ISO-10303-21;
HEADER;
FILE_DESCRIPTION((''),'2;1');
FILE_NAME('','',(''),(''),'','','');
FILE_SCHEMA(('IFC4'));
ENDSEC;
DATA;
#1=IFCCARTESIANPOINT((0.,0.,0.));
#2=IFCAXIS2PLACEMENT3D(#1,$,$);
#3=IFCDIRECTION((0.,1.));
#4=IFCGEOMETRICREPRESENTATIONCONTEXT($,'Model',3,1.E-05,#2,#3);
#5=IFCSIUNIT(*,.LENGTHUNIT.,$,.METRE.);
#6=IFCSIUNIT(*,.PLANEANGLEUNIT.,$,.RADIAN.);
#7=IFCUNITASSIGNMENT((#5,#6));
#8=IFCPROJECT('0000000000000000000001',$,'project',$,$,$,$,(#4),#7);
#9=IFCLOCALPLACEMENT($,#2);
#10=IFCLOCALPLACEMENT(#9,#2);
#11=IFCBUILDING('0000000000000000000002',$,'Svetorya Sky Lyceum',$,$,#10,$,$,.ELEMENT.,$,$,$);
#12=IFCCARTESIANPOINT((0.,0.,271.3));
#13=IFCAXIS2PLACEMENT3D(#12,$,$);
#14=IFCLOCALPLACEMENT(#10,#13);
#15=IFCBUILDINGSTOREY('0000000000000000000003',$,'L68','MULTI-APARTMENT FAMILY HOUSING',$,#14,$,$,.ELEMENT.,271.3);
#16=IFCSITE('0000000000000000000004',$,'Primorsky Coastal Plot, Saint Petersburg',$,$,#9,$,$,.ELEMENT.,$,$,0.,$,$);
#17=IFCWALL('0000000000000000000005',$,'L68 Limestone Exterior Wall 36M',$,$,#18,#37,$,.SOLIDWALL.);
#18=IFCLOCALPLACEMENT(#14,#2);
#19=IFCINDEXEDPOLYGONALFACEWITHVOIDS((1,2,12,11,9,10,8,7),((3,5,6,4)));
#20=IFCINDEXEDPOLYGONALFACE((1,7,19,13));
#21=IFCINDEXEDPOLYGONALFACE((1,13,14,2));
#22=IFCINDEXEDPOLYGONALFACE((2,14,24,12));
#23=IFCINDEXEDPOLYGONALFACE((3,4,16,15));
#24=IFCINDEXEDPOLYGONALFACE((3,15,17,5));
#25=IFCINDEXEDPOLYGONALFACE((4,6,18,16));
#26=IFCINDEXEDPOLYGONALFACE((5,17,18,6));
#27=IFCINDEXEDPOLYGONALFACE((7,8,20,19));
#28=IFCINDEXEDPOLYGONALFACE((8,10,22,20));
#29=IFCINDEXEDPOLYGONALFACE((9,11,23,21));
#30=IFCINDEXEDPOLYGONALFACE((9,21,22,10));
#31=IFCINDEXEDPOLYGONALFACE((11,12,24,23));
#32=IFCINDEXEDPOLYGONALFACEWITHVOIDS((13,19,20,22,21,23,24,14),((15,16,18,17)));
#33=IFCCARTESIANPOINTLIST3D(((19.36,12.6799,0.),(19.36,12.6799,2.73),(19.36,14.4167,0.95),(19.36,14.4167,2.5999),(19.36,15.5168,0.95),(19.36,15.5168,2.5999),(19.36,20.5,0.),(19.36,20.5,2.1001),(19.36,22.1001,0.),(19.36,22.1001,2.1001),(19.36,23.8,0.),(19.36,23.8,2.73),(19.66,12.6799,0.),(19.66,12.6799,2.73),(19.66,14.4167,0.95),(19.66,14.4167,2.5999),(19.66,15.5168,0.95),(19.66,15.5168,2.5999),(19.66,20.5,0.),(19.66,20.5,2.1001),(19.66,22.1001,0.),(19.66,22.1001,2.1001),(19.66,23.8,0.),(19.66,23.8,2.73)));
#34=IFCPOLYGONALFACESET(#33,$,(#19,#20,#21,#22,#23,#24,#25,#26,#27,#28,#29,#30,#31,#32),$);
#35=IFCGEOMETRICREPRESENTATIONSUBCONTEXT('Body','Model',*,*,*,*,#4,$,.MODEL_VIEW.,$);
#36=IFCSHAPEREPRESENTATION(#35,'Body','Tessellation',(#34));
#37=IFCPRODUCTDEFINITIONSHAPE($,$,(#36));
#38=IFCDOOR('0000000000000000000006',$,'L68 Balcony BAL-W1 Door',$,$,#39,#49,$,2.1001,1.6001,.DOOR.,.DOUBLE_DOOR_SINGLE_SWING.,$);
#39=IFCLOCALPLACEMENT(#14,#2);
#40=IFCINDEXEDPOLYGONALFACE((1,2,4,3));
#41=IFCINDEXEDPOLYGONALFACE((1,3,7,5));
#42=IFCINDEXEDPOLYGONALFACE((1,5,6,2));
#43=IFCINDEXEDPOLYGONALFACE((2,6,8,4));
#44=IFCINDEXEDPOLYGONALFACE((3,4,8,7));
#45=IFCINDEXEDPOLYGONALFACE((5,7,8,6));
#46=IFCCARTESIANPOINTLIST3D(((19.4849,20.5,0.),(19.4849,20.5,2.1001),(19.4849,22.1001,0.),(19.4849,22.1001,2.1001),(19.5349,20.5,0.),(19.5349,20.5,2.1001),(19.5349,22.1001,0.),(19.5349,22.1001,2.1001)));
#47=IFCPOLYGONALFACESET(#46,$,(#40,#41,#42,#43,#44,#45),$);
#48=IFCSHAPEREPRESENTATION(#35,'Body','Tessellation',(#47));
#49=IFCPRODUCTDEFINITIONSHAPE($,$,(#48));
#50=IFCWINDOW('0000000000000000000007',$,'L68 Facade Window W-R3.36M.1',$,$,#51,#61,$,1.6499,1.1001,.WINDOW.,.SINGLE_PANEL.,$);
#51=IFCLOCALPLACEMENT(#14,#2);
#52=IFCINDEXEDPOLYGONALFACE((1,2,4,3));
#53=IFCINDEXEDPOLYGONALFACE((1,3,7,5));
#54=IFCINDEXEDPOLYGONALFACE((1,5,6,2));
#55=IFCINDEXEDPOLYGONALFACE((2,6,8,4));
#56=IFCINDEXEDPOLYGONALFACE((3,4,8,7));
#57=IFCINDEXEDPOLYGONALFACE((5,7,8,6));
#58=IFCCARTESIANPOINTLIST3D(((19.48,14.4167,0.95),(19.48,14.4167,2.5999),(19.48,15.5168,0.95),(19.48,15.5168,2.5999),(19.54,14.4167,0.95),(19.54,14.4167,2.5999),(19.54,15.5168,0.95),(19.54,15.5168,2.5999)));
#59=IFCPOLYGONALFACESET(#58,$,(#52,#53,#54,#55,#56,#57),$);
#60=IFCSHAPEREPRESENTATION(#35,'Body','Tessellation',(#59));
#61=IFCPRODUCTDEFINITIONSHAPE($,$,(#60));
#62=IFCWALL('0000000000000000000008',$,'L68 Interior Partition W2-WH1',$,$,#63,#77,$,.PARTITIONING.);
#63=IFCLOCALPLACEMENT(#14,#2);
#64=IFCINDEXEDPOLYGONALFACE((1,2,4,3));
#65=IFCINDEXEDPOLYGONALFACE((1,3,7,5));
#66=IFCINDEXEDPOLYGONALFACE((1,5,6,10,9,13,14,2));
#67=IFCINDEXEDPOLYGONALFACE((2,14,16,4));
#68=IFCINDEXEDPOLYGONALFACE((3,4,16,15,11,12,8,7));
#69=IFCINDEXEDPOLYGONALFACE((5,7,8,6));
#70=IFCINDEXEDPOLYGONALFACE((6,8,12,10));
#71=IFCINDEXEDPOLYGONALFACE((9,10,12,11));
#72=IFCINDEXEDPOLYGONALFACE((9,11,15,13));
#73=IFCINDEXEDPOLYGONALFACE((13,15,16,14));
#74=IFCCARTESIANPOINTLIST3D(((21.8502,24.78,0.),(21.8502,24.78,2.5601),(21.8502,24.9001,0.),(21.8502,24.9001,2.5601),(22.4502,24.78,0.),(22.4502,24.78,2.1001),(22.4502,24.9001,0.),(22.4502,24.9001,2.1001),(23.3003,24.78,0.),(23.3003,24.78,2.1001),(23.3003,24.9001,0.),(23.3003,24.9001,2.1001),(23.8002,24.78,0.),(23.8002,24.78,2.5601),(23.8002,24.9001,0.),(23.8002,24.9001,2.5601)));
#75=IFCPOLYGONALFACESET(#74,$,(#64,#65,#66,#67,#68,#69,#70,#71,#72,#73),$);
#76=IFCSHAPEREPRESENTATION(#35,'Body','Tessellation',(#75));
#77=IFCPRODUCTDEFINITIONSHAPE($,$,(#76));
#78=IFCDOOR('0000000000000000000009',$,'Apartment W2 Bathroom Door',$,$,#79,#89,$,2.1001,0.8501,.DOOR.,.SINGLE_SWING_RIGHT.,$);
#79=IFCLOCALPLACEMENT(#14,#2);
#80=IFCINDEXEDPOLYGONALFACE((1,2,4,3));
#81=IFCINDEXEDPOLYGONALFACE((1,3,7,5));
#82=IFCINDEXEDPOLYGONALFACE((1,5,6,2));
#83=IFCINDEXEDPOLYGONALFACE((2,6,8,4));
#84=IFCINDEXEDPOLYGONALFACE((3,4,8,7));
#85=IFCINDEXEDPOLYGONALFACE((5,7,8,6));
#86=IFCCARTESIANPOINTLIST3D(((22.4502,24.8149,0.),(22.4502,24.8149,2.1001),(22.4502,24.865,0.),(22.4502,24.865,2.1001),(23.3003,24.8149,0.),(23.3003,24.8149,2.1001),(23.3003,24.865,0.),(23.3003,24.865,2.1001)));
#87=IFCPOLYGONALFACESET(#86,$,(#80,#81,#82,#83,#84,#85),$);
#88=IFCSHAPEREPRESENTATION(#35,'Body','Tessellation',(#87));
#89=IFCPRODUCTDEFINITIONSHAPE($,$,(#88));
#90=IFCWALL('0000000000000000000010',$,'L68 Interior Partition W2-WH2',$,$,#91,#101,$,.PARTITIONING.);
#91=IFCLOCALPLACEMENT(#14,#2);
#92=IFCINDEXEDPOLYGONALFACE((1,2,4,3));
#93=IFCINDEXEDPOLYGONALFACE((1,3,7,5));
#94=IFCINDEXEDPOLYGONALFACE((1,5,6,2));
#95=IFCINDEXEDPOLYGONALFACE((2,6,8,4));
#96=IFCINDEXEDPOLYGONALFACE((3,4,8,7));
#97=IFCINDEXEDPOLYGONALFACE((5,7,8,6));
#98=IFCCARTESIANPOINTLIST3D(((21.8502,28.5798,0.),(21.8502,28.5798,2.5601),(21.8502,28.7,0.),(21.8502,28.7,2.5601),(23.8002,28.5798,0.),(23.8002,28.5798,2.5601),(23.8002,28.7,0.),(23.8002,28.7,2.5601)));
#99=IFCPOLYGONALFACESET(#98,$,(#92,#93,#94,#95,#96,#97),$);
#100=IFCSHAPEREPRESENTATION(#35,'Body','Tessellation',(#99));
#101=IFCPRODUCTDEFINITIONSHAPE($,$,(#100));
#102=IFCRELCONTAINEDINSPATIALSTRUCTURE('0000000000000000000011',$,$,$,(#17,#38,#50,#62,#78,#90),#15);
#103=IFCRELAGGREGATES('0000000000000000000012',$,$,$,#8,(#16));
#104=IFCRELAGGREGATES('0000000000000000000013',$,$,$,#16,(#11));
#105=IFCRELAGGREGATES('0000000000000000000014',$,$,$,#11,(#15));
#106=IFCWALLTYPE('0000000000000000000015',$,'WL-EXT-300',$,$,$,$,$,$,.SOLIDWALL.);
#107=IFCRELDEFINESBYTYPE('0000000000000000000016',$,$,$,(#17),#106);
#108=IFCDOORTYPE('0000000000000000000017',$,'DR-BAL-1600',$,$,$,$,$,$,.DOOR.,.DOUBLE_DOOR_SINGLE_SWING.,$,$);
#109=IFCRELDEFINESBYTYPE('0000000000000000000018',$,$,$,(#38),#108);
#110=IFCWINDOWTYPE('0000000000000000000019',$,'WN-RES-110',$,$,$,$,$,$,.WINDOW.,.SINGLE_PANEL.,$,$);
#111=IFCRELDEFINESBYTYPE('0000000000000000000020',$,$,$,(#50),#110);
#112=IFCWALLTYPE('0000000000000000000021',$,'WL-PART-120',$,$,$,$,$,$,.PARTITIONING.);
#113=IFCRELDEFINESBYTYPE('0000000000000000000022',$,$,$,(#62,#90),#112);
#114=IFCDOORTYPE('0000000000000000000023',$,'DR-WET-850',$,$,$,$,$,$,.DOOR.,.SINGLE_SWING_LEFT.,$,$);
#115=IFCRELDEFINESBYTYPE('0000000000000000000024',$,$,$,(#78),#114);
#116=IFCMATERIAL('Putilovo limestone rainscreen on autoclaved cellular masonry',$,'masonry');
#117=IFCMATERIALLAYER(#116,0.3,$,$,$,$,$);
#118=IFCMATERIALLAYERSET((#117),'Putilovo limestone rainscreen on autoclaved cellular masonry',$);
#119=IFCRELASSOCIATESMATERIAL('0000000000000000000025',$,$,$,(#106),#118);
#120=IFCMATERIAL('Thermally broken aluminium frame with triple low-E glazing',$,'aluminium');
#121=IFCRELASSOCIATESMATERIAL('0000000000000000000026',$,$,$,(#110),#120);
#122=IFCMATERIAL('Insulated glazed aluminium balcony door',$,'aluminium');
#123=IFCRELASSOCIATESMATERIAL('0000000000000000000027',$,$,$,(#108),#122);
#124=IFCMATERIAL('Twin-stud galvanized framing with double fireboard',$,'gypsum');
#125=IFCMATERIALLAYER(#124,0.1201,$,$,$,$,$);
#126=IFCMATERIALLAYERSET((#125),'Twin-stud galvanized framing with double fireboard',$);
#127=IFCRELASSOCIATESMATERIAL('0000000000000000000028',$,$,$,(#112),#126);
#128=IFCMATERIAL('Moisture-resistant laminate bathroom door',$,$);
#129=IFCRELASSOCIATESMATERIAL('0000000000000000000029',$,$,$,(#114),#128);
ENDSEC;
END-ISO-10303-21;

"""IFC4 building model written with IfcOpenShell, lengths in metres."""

from ifc_helpers import new_model, si_unit, direction, frame, frame_2d, origin, place, context, subcontext, project, spatial, rectangle, extrude, material, layer, layer_set, type_object, element, fill, save


model = new_model("IFC4")

# Units and contexts
model_context = context("Model", 3, precision=1e-05, world=origin(), true_north=direction((0.0, 1.0)))
body_context = subcontext(model_context, "Body", "Model", "MODEL_VIEW")
ifc_project = project(units=[si_unit("LENGTHUNIT", "METRE"), si_unit("PLANEANGLEUNIT", "RADIAN")], contexts=[model_context])

# Site, building, storey
site_placement = place(None, origin())
site = spatial("IfcSite", under=ifc_project, at=site_placement, Name="Primorsky Coastal Plot, Saint Petersburg", CompositionType="ELEMENT", RefElevation=0.0)
building_placement = place(site_placement, origin())
building = spatial("IfcBuilding", under=site, at=building_placement, Name="Svetorya Sky Lyceum", CompositionType="ELEMENT")
storey_placement = place(building_placement, frame((0.0, 0.0, 271.3)))
storey = spatial("IfcBuildingStorey", under=building, at=storey_placement, Name="L68", Description="MULTI-APARTMENT FAMILY HOUSING", CompositionType="ELEMENT", Elevation=271.3)

# Shared definitions
ifc_material_1 = material(Name="Putilovo limestone rainscreen on autoclaved cellular masonry", Category="masonry")
ifc_layer_1 = layer(ifc_material_1, 0.3)
ifc_layer_set_1 = layer_set([ifc_layer_1], Name="Putilovo limestone rainscreen on autoclaved cellular masonry")
wall_type_1 = type_object("IfcWallType", Name="WL-EXT-300", PredefinedType="SOLIDWALL", material=ifc_layer_set_1)

# Shared definitions
ifc_material_2 = material(Name="Thermally broken aluminium frame with triple low-E glazing", Category="aluminium")
window_type = type_object("IfcWindowType", Name="WN-RES-110", PartitioningType="SINGLE_PANEL", PredefinedType="WINDOW", material=ifc_material_2)

# Wall, openings, door, window
wall_1_placement = place(storey_placement, frame((19.51, 23.8, 0.0), z_axis=(0.0, 0.0, 1.0), x_axis=(0.0, -1.0, 0.0)))
wall_1 = element("IfcWall", 1, at=wall_1_placement, inside=storey, type_object=wall_type_1, Name="L68 Limestone Exterior Wall 36M", PredefinedType="SOLIDWALL", context=body_context, shape_type="SweptSolid", body=[
    extrude(rectangle(XDim=11.1201, YDim=0.3, at=frame_2d((5.5601, 0.0))), origin(), (0.0, 0.0, 1.0), 2.73),
])
opening_1_placement = place(wall_1_placement, frame((1.7, 0.0, 0.0)))
opening_1 = element("IfcOpeningElement", 2, at=opening_1_placement, cuts=wall_1, PredefinedType="OPENING", context=body_context, shape_type="SweptSolid", body=[
    extrude(rectangle(XDim=1.6001, YDim=2.1001, at=frame_2d((0.8, 1.05))), frame((0.0, 0.1599, 0.0), z_axis=(0.0, -1.0, 0.0), x_axis=(1.0, 0.0, 0.0)), (0.0, 0.0, 1.0), 0.3201),
])
opening_2_placement = place(wall_1_placement, frame((8.2832, 0.0, 0.95)))
opening_2 = element("IfcOpeningElement", 3, at=opening_2_placement, cuts=wall_1, PredefinedType="OPENING", context=body_context, shape_type="SweptSolid", body=[
    extrude(rectangle(XDim=1.1001, YDim=1.6499, at=frame_2d((0.55, 0.825))), frame((0.0, 0.1599, 0.0), z_axis=(0.0, -1.0, 0.0), x_axis=(1.0, 0.0, 0.0)), (0.0, 0.0, 1.0), 0.3201),
])
ifc_material_3 = material(Name="Insulated glazed aluminium balcony door", Category="aluminium")
door_type_1 = type_object("IfcDoorType", Name="DR-BAL-1600", OperationType="DOUBLE_DOOR_SINGLE_SWING", PredefinedType="DOOR", material=ifc_material_3)
door_1_placement = place(opening_1_placement, origin())
door_1 = element("IfcDoor", 4, at=door_1_placement, inside=storey, type_object=door_type_1, Name="L68 Balcony BAL-W1 Door", OperationType="DOUBLE_DOOR_SINGLE_SWING", OverallHeight=2.1001, OverallWidth=1.6001, PredefinedType="DOOR", context=body_context, shape_type="SweptSolid", body=[
    extrude(rectangle(XDim=1.6001, YDim=2.1001, at=frame_2d((0.8, 1.05))), frame((0.0, 0.0249, 0.0), z_axis=(0.0, -1.0, 0.0), x_axis=(1.0, 0.0, 0.0)), (0.0, 0.0, 1.0), 0.05),
])
fill(opening_1, door_1)
window_1_placement = place(opening_2_placement, origin())
window_1 = element("IfcWindow", 5, at=window_1_placement, inside=storey, type_object=window_type, Name="L68 Facade Window W-R3.36M.1", OverallHeight=1.6499, OverallWidth=1.1001, PartitioningType="SINGLE_PANEL", PredefinedType="WINDOW", context=body_context, shape_type="SweptSolid", body=[
    extrude(rectangle(XDim=1.1001, YDim=1.6499, at=frame_2d((0.55, 0.825))), frame((0.0, 0.03, 0.0), z_axis=(0.0, -1.0, 0.0), x_axis=(1.0, 0.0, 0.0)), (0.0, 0.0, 1.0), 0.0601),
])
fill(opening_2, window_1)

# Wall, opening, door
ifc_material_4 = material(Name="Twin-stud galvanized framing with double fireboard", Category="gypsum")
ifc_layer_2 = layer(ifc_material_4, 0.1201)
ifc_layer_set_2 = layer_set([ifc_layer_2], Name="Twin-stud galvanized framing with double fireboard")
wall_type_2 = type_object("IfcWallType", Name="WL-PART-120", PredefinedType="PARTITIONING", material=ifc_layer_set_2)
wall_2_placement = place(storey_placement, frame((21.8501, 24.8401, 0.0), z_axis=(0.0, 0.0, 1.0), x_axis=(1.0, 0.0, 0.0)))
wall_2 = element("IfcWall", 6, at=wall_2_placement, inside=storey, type_object=wall_type_2, Name="L68 Interior Partition W2-WH1", PredefinedType="PARTITIONING", context=body_context, shape_type="SweptSolid", body=[
    extrude(rectangle(XDim=1.95, YDim=0.1201, at=frame_2d((0.9751, 0.0))), origin(), (0.0, 0.0, 1.0), 2.5601),
])
opening_3_placement = place(wall_2_placement, frame((0.6001, 0.0, 0.0)))
opening_3 = element("IfcOpeningElement", 7, at=opening_3_placement, cuts=wall_2, PredefinedType="OPENING", context=body_context, shape_type="SweptSolid", body=[
    extrude(rectangle(XDim=0.8501, YDim=2.1001, at=frame_2d((0.425, 1.05))), frame((0.0, 0.0701, 0.0), z_axis=(0.0, -1.0, 0.0), x_axis=(1.0, 0.0, 0.0)), (0.0, 0.0, 1.0), 0.1401),
])
ifc_material_5 = material(Name="Moisture-resistant laminate bathroom door")
door_type_2 = type_object("IfcDoorType", Name="DR-WET-850", OperationType="SINGLE_SWING_LEFT", PredefinedType="DOOR", material=ifc_material_5)
door_2_placement = place(opening_3_placement, origin())
door_2 = element("IfcDoor", 8, at=door_2_placement, inside=storey, type_object=door_type_2, Name="Apartment W2 Bathroom Door", OperationType="SINGLE_SWING_RIGHT", OverallHeight=2.1001, OverallWidth=0.8501, PredefinedType="DOOR", context=body_context, shape_type="SweptSolid", body=[
    extrude(rectangle(XDim=0.8501, YDim=2.1001, at=frame_2d((0.425, 1.05))), frame((0.0, 0.0249, 0.0), z_axis=(0.0, -1.0, 0.0), x_axis=(1.0, 0.0, 0.0)), (0.0, 0.0, 1.0), 0.05),
])
fill(opening_3, door_2)

# Wall
wall_3_placement = place(storey_placement, frame((21.8501, 28.6399, 0.0), z_axis=(0.0, 0.0, 1.0), x_axis=(1.0, 0.0, 0.0)))
element("IfcWall", 9, at=wall_3_placement, inside=storey, type_object=wall_type_2, Name="L68 Interior Partition W2-WH2", PredefinedType="PARTITIONING", context=body_context, shape_type="SweptSolid", body=[
    extrude(rectangle(XDim=1.95, YDim=0.1201, at=frame_2d((0.9751, 0.0))), origin(), (0.0, 0.0, 1.0), 2.5601),
])

save(model, "model.ifc")
